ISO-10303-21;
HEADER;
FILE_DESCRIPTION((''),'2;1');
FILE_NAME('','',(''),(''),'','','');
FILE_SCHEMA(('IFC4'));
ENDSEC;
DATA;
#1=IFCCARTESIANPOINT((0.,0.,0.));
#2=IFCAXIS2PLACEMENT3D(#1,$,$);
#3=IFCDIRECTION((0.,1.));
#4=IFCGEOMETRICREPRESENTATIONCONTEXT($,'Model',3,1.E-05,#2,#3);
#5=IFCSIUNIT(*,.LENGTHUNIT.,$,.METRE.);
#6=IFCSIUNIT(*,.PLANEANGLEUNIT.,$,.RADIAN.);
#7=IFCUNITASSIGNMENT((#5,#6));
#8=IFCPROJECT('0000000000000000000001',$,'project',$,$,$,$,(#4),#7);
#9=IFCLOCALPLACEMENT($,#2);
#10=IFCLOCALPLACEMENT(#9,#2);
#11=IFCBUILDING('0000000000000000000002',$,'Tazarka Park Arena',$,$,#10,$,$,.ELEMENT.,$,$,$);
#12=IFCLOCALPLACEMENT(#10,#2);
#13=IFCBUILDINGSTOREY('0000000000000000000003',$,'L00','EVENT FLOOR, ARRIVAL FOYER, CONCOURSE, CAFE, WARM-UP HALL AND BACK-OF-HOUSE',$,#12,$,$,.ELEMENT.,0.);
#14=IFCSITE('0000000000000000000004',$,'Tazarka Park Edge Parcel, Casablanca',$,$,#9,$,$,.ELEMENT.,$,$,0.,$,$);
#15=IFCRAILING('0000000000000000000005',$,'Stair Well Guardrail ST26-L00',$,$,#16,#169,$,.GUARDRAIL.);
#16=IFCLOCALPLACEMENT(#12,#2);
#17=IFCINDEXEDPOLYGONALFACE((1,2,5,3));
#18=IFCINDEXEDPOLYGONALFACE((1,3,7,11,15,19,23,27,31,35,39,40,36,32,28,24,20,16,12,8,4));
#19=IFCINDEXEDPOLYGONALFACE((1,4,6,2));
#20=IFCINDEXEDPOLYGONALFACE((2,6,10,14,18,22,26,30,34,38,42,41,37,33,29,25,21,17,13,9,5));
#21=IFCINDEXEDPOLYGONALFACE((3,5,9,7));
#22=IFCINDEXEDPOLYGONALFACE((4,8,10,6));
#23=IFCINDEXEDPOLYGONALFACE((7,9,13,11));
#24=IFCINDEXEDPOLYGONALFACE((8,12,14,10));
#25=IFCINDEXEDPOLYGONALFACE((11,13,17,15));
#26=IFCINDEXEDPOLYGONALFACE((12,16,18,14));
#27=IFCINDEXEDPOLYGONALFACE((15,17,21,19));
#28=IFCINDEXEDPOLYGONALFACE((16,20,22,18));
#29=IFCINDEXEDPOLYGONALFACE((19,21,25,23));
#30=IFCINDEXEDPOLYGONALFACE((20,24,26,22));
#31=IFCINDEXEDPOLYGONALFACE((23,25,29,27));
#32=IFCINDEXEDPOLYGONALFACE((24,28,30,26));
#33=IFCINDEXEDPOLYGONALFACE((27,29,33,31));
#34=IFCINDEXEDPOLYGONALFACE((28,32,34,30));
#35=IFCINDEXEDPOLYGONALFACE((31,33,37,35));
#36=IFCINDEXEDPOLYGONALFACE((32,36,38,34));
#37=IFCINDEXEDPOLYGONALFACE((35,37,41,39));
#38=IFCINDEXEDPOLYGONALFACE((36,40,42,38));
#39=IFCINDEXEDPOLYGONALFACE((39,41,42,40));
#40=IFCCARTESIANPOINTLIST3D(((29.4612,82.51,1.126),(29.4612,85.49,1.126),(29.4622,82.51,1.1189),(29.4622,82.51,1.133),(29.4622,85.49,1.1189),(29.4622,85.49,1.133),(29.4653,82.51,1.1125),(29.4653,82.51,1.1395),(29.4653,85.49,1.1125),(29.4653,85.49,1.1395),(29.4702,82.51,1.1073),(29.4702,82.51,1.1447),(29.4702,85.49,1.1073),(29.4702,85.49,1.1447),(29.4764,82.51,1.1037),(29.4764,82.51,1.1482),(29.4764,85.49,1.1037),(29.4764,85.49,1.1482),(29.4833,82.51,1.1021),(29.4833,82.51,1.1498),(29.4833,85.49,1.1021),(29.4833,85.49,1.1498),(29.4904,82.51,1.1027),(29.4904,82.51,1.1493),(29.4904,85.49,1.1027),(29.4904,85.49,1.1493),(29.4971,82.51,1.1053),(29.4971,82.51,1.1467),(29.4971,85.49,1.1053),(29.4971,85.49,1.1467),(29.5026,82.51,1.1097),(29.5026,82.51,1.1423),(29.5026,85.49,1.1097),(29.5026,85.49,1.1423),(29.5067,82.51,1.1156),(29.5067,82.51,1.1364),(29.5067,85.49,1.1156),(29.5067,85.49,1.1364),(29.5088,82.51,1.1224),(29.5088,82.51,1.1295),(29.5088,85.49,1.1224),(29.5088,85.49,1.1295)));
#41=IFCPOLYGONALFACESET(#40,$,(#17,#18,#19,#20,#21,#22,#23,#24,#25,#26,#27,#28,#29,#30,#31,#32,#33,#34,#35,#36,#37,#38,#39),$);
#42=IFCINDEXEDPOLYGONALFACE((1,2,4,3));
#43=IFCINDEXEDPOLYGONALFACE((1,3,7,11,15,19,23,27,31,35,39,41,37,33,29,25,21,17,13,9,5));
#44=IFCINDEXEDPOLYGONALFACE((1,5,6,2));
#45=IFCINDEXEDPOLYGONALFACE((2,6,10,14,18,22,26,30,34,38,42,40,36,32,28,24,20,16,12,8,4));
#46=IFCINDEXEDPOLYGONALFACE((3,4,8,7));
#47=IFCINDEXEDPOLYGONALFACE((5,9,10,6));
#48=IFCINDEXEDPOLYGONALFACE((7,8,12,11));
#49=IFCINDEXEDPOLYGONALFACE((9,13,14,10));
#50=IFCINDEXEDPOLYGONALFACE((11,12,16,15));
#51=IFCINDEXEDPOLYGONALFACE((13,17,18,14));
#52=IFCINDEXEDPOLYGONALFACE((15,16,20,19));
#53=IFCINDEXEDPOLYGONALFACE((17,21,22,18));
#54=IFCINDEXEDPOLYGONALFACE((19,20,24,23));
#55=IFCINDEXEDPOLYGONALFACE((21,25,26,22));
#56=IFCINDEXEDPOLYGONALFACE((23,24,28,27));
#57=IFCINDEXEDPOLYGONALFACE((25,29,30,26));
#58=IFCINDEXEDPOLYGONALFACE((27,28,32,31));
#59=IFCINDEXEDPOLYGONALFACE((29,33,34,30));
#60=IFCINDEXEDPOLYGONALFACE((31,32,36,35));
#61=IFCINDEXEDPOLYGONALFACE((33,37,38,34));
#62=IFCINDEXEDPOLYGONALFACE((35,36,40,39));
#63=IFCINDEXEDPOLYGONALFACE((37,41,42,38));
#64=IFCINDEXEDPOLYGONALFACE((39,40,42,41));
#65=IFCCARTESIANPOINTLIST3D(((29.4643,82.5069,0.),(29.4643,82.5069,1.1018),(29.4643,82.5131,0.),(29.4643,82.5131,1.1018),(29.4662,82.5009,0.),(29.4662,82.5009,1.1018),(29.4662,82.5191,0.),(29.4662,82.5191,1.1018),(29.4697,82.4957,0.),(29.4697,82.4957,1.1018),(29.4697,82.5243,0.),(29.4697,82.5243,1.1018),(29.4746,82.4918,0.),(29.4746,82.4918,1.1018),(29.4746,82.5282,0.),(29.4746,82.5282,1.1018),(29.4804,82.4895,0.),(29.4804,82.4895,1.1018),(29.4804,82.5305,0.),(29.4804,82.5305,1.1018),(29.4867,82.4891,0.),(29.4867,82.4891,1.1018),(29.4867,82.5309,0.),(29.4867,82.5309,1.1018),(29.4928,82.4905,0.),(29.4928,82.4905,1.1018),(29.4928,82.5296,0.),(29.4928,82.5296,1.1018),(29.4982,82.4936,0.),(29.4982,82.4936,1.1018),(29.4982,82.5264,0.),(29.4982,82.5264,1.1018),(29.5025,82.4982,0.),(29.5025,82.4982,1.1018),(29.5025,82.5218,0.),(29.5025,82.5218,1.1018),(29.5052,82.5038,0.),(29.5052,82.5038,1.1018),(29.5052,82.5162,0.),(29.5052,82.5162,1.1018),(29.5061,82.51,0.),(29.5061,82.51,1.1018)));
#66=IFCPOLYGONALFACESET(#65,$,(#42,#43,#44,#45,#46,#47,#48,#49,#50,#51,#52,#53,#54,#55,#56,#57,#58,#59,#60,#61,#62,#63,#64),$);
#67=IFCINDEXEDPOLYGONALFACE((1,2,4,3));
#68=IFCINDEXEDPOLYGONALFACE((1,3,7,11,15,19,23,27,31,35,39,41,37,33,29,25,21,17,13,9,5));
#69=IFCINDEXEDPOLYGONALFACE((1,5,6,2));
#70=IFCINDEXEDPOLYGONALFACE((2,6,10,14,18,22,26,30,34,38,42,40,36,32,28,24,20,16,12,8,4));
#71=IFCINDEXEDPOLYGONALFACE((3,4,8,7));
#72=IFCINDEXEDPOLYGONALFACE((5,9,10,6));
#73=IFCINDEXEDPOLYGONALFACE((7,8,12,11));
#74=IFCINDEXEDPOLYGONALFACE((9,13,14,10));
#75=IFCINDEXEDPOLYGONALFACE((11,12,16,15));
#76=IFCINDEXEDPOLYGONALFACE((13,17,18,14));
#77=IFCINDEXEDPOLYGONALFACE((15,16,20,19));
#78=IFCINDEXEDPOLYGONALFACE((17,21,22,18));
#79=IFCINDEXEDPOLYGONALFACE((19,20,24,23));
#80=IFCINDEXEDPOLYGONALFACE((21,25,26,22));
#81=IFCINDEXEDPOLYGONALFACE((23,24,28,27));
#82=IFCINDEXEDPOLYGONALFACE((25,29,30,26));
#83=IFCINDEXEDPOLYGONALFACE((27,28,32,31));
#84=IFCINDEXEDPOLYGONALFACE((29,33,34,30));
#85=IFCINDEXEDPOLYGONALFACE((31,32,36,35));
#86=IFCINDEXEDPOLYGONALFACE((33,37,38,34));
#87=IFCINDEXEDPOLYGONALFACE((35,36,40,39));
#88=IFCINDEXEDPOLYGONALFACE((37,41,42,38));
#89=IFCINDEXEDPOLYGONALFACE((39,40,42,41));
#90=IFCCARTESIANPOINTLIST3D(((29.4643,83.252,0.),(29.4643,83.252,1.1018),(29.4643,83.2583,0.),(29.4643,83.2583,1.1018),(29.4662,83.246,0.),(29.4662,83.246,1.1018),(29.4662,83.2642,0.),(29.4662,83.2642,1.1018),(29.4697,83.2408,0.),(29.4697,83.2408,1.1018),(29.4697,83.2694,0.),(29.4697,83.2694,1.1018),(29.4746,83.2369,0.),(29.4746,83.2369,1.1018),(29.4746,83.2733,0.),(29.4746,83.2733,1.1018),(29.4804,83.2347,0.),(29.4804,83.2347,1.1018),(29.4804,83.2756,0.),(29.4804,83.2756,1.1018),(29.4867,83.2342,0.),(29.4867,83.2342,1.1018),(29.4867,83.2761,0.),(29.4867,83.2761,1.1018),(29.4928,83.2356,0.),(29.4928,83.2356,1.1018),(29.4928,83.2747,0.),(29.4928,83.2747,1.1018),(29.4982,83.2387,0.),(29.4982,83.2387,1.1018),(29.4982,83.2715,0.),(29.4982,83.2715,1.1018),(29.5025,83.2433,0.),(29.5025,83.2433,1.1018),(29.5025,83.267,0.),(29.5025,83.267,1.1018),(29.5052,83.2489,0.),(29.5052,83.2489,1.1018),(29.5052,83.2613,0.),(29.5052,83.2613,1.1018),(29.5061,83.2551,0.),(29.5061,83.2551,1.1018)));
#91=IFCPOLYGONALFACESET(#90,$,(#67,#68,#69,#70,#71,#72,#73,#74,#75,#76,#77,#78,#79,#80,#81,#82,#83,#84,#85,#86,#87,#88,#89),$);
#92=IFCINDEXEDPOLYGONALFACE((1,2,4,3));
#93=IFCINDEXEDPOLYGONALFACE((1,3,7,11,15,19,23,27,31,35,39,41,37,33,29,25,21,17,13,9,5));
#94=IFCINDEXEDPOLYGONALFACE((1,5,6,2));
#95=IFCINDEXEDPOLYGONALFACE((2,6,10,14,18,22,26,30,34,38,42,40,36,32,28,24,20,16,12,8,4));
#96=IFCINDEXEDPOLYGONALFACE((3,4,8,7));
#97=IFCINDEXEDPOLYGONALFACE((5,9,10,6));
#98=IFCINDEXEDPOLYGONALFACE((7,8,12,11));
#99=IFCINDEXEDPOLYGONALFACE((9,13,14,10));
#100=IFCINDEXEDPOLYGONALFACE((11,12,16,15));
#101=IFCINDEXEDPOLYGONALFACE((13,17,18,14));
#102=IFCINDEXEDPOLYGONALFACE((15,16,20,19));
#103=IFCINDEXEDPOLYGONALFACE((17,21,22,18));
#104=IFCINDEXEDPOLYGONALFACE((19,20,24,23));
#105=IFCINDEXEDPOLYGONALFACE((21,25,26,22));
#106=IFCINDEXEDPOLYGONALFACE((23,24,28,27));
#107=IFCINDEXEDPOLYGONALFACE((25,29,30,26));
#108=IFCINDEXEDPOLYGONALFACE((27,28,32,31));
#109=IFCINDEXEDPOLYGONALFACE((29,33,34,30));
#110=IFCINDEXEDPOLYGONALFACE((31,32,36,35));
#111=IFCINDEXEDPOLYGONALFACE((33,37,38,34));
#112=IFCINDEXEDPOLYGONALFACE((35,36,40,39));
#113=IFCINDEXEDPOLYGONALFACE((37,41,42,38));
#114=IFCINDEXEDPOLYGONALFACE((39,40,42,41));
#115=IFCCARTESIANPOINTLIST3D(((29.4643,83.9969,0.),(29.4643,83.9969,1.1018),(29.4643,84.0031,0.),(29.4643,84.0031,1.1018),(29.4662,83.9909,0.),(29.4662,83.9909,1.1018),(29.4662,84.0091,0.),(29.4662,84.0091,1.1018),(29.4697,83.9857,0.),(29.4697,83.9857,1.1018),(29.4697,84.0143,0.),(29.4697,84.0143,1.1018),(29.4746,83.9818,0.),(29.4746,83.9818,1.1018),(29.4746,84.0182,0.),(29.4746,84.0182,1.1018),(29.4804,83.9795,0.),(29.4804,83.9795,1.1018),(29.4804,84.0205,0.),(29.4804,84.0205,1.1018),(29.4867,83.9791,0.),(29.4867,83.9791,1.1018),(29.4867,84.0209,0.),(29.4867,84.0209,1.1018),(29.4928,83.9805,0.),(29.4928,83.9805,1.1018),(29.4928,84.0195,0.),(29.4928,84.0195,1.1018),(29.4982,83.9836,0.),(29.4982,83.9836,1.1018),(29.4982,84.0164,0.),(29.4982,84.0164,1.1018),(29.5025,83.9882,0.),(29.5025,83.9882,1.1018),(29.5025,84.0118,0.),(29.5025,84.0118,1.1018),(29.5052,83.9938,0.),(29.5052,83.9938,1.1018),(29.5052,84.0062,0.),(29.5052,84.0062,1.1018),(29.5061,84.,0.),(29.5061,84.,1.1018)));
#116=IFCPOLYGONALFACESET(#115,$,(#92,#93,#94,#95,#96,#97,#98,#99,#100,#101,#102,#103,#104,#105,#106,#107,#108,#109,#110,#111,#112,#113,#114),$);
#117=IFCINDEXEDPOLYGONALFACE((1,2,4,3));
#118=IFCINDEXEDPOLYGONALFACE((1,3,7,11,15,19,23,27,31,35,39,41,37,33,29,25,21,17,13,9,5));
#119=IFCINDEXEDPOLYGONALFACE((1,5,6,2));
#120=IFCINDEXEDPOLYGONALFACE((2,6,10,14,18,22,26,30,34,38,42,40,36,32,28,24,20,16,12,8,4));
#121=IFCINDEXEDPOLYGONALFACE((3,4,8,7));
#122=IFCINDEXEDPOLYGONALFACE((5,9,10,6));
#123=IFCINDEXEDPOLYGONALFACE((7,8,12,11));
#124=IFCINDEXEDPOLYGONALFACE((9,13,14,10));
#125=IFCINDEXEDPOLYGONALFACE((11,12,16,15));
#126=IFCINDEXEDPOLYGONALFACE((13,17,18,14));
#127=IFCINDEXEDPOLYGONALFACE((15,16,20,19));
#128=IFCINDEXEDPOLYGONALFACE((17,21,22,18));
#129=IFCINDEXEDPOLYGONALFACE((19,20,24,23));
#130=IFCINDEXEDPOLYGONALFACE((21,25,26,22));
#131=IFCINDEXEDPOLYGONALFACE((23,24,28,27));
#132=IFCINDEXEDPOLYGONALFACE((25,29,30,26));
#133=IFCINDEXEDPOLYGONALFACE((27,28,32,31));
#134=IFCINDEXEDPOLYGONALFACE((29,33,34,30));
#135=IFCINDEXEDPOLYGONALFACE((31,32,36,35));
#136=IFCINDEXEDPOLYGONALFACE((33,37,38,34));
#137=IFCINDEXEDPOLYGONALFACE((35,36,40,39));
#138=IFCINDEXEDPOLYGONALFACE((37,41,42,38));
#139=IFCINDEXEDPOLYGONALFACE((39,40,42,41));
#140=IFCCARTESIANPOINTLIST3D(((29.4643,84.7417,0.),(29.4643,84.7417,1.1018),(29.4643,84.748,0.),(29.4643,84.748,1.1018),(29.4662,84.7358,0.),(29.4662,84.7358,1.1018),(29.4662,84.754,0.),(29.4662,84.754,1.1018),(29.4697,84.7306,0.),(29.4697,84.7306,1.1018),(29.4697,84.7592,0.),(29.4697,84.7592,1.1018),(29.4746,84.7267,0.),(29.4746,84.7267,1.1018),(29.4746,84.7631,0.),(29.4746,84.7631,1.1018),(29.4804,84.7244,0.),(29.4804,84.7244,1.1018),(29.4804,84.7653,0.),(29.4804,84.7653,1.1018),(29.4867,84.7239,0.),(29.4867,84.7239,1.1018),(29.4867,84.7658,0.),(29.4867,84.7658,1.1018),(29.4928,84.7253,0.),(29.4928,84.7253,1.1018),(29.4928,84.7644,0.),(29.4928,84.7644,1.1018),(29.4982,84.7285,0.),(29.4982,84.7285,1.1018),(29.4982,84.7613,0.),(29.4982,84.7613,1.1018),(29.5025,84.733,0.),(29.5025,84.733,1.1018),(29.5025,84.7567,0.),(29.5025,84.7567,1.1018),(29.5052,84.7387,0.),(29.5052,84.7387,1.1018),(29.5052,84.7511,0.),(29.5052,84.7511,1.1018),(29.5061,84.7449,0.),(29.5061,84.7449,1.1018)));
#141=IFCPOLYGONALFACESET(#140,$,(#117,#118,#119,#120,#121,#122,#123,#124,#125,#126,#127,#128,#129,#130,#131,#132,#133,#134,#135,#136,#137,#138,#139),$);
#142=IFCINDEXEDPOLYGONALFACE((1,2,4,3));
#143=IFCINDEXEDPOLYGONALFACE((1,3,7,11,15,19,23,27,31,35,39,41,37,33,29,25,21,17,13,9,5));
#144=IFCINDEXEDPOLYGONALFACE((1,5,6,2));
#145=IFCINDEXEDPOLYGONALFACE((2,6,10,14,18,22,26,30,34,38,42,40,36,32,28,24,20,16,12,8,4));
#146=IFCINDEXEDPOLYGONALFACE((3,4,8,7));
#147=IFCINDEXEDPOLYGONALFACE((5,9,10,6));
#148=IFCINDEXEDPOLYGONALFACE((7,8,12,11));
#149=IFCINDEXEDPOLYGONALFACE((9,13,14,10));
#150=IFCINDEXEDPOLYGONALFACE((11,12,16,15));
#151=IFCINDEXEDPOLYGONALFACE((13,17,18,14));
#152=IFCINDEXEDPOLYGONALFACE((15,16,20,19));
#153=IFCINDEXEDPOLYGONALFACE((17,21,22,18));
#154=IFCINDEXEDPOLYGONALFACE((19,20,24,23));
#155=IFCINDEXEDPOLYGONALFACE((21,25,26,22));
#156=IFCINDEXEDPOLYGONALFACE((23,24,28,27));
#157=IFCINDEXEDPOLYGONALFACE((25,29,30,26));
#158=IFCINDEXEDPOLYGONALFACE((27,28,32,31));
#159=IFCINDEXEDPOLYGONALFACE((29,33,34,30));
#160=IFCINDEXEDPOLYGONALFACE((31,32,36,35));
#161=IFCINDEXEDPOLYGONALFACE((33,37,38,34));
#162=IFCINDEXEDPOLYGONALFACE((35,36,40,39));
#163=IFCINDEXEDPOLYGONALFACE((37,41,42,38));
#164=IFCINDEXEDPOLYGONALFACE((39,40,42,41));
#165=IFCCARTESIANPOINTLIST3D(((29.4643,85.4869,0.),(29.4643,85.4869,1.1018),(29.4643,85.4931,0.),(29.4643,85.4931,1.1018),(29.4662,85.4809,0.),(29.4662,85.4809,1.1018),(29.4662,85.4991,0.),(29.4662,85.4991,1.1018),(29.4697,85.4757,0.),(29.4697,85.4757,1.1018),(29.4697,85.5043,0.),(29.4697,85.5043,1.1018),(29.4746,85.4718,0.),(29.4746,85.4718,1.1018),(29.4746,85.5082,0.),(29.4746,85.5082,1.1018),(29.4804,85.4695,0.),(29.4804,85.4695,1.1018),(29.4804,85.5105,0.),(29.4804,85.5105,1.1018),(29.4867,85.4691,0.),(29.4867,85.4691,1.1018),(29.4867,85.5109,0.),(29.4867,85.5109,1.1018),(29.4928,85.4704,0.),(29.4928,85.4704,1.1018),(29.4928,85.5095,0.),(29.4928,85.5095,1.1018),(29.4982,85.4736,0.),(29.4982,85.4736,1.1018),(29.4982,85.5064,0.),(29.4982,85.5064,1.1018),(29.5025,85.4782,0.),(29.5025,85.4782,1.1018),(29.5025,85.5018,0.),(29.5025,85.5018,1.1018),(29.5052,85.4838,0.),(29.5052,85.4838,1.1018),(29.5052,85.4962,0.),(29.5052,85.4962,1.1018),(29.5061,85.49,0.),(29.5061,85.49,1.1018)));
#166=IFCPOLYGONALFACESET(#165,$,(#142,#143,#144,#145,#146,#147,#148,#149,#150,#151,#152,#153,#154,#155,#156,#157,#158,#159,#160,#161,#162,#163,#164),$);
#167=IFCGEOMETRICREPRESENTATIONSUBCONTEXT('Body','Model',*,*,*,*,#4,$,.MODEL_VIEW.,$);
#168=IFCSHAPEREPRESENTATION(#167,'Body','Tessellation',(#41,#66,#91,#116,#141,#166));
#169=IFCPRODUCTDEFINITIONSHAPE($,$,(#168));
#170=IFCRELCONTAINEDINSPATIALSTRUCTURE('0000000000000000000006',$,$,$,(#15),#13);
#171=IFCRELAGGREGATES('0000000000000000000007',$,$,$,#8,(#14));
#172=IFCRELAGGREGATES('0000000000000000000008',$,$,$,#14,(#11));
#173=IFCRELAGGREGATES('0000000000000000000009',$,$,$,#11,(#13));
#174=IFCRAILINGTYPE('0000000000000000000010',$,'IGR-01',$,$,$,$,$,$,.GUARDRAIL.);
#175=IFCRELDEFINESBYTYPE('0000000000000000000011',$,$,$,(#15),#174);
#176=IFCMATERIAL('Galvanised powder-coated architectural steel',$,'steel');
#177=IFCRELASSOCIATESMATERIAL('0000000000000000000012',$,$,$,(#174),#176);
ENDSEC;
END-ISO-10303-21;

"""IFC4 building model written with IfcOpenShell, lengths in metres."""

from ifc_helpers import new_model, si_unit, direction, frame, origin, origin_2d, place, context, subcontext, project, spatial, circle, extrude, material, type_object, element, save


model = new_model("IFC4")

# Units and contexts
model_context = context("Model", 3, precision=1e-05, world=origin(), true_north=direction((0.0, 1.0)))
body_context = subcontext(model_context, "Body", "Model", "MODEL_VIEW")
ifc_project = project(units=[si_unit("LENGTHUNIT", "METRE"), si_unit("PLANEANGLEUNIT", "RADIAN")], contexts=[model_context])

# Site, building, storey
site_placement = place(None, origin())
site = spatial("IfcSite", under=ifc_project, at=site_placement, Name="Tazarka Park Edge Parcel, Casablanca", CompositionType="ELEMENT", RefElevation=0.0)
building_placement = place(site_placement, origin())
building = spatial("IfcBuilding", under=site, at=building_placement, Name="Tazarka Park Arena", CompositionType="ELEMENT")
storey_placement = place(building_placement, origin())
storey = spatial("IfcBuildingStorey", under=building, at=storey_placement, Name="L00", Description="EVENT FLOOR, ARRIVAL FOYER, CONCOURSE, CAFE, WARM-UP HALL AND BACK-OF-HOUSE", CompositionType="ELEMENT", Elevation=0.0)

# Railing
ifc_material_1 = material(Name="Galvanised powder-coated architectural steel", Category="steel")
railing_type_1 = type_object("IfcRailingType", Name="IGR-01", PredefinedType="GUARDRAIL", material=ifc_material_1)
for number, where, name in (
    (1, (29.4851, 82.51, 0.0), "Stair Well Guardrail ST26-L00"),
):
    element("IfcRailing", number, at=place(storey_placement, frame(where)), inside=storey, type_object=railing_type_1, Name=name, PredefinedType="GUARDRAIL", context=body_context, shape_type="SweptSolid", body=[
        extrude(circle(Radius=0.0239, at=origin_2d()), frame((0.0, 0.0, 1.126), z_axis=(0.0, 1.0, 0.0), x_axis=(-1.0, 0.0, 0.0)), (0.0, 0.0, 1.0), 2.98),
        extrude(circle(Radius=0.021, at=origin_2d()), origin(), (0.0, 0.0, 1.0), 1.1018),
        extrude(circle(Radius=0.021, at=origin_2d()), frame((0.0, 0.7451, 0.0)), (0.0, 0.0, 1.0), 1.1018),
        extrude(circle(Radius=0.021, at=origin_2d()), frame((0.0, 1.49, 0.0)), (0.0, 0.0, 1.0), 1.1018),
        extrude(circle(Radius=0.021, at=origin_2d()), frame((0.0, 2.2349, 0.0)), (0.0, 0.0, 1.0), 1.1018),
        extrude(circle(Radius=0.021, at=origin_2d()), frame((0.0, 2.98, 0.0)), (0.0, 0.0, 1.0), 1.1018),
    ])

save(model, "model.ifc")
